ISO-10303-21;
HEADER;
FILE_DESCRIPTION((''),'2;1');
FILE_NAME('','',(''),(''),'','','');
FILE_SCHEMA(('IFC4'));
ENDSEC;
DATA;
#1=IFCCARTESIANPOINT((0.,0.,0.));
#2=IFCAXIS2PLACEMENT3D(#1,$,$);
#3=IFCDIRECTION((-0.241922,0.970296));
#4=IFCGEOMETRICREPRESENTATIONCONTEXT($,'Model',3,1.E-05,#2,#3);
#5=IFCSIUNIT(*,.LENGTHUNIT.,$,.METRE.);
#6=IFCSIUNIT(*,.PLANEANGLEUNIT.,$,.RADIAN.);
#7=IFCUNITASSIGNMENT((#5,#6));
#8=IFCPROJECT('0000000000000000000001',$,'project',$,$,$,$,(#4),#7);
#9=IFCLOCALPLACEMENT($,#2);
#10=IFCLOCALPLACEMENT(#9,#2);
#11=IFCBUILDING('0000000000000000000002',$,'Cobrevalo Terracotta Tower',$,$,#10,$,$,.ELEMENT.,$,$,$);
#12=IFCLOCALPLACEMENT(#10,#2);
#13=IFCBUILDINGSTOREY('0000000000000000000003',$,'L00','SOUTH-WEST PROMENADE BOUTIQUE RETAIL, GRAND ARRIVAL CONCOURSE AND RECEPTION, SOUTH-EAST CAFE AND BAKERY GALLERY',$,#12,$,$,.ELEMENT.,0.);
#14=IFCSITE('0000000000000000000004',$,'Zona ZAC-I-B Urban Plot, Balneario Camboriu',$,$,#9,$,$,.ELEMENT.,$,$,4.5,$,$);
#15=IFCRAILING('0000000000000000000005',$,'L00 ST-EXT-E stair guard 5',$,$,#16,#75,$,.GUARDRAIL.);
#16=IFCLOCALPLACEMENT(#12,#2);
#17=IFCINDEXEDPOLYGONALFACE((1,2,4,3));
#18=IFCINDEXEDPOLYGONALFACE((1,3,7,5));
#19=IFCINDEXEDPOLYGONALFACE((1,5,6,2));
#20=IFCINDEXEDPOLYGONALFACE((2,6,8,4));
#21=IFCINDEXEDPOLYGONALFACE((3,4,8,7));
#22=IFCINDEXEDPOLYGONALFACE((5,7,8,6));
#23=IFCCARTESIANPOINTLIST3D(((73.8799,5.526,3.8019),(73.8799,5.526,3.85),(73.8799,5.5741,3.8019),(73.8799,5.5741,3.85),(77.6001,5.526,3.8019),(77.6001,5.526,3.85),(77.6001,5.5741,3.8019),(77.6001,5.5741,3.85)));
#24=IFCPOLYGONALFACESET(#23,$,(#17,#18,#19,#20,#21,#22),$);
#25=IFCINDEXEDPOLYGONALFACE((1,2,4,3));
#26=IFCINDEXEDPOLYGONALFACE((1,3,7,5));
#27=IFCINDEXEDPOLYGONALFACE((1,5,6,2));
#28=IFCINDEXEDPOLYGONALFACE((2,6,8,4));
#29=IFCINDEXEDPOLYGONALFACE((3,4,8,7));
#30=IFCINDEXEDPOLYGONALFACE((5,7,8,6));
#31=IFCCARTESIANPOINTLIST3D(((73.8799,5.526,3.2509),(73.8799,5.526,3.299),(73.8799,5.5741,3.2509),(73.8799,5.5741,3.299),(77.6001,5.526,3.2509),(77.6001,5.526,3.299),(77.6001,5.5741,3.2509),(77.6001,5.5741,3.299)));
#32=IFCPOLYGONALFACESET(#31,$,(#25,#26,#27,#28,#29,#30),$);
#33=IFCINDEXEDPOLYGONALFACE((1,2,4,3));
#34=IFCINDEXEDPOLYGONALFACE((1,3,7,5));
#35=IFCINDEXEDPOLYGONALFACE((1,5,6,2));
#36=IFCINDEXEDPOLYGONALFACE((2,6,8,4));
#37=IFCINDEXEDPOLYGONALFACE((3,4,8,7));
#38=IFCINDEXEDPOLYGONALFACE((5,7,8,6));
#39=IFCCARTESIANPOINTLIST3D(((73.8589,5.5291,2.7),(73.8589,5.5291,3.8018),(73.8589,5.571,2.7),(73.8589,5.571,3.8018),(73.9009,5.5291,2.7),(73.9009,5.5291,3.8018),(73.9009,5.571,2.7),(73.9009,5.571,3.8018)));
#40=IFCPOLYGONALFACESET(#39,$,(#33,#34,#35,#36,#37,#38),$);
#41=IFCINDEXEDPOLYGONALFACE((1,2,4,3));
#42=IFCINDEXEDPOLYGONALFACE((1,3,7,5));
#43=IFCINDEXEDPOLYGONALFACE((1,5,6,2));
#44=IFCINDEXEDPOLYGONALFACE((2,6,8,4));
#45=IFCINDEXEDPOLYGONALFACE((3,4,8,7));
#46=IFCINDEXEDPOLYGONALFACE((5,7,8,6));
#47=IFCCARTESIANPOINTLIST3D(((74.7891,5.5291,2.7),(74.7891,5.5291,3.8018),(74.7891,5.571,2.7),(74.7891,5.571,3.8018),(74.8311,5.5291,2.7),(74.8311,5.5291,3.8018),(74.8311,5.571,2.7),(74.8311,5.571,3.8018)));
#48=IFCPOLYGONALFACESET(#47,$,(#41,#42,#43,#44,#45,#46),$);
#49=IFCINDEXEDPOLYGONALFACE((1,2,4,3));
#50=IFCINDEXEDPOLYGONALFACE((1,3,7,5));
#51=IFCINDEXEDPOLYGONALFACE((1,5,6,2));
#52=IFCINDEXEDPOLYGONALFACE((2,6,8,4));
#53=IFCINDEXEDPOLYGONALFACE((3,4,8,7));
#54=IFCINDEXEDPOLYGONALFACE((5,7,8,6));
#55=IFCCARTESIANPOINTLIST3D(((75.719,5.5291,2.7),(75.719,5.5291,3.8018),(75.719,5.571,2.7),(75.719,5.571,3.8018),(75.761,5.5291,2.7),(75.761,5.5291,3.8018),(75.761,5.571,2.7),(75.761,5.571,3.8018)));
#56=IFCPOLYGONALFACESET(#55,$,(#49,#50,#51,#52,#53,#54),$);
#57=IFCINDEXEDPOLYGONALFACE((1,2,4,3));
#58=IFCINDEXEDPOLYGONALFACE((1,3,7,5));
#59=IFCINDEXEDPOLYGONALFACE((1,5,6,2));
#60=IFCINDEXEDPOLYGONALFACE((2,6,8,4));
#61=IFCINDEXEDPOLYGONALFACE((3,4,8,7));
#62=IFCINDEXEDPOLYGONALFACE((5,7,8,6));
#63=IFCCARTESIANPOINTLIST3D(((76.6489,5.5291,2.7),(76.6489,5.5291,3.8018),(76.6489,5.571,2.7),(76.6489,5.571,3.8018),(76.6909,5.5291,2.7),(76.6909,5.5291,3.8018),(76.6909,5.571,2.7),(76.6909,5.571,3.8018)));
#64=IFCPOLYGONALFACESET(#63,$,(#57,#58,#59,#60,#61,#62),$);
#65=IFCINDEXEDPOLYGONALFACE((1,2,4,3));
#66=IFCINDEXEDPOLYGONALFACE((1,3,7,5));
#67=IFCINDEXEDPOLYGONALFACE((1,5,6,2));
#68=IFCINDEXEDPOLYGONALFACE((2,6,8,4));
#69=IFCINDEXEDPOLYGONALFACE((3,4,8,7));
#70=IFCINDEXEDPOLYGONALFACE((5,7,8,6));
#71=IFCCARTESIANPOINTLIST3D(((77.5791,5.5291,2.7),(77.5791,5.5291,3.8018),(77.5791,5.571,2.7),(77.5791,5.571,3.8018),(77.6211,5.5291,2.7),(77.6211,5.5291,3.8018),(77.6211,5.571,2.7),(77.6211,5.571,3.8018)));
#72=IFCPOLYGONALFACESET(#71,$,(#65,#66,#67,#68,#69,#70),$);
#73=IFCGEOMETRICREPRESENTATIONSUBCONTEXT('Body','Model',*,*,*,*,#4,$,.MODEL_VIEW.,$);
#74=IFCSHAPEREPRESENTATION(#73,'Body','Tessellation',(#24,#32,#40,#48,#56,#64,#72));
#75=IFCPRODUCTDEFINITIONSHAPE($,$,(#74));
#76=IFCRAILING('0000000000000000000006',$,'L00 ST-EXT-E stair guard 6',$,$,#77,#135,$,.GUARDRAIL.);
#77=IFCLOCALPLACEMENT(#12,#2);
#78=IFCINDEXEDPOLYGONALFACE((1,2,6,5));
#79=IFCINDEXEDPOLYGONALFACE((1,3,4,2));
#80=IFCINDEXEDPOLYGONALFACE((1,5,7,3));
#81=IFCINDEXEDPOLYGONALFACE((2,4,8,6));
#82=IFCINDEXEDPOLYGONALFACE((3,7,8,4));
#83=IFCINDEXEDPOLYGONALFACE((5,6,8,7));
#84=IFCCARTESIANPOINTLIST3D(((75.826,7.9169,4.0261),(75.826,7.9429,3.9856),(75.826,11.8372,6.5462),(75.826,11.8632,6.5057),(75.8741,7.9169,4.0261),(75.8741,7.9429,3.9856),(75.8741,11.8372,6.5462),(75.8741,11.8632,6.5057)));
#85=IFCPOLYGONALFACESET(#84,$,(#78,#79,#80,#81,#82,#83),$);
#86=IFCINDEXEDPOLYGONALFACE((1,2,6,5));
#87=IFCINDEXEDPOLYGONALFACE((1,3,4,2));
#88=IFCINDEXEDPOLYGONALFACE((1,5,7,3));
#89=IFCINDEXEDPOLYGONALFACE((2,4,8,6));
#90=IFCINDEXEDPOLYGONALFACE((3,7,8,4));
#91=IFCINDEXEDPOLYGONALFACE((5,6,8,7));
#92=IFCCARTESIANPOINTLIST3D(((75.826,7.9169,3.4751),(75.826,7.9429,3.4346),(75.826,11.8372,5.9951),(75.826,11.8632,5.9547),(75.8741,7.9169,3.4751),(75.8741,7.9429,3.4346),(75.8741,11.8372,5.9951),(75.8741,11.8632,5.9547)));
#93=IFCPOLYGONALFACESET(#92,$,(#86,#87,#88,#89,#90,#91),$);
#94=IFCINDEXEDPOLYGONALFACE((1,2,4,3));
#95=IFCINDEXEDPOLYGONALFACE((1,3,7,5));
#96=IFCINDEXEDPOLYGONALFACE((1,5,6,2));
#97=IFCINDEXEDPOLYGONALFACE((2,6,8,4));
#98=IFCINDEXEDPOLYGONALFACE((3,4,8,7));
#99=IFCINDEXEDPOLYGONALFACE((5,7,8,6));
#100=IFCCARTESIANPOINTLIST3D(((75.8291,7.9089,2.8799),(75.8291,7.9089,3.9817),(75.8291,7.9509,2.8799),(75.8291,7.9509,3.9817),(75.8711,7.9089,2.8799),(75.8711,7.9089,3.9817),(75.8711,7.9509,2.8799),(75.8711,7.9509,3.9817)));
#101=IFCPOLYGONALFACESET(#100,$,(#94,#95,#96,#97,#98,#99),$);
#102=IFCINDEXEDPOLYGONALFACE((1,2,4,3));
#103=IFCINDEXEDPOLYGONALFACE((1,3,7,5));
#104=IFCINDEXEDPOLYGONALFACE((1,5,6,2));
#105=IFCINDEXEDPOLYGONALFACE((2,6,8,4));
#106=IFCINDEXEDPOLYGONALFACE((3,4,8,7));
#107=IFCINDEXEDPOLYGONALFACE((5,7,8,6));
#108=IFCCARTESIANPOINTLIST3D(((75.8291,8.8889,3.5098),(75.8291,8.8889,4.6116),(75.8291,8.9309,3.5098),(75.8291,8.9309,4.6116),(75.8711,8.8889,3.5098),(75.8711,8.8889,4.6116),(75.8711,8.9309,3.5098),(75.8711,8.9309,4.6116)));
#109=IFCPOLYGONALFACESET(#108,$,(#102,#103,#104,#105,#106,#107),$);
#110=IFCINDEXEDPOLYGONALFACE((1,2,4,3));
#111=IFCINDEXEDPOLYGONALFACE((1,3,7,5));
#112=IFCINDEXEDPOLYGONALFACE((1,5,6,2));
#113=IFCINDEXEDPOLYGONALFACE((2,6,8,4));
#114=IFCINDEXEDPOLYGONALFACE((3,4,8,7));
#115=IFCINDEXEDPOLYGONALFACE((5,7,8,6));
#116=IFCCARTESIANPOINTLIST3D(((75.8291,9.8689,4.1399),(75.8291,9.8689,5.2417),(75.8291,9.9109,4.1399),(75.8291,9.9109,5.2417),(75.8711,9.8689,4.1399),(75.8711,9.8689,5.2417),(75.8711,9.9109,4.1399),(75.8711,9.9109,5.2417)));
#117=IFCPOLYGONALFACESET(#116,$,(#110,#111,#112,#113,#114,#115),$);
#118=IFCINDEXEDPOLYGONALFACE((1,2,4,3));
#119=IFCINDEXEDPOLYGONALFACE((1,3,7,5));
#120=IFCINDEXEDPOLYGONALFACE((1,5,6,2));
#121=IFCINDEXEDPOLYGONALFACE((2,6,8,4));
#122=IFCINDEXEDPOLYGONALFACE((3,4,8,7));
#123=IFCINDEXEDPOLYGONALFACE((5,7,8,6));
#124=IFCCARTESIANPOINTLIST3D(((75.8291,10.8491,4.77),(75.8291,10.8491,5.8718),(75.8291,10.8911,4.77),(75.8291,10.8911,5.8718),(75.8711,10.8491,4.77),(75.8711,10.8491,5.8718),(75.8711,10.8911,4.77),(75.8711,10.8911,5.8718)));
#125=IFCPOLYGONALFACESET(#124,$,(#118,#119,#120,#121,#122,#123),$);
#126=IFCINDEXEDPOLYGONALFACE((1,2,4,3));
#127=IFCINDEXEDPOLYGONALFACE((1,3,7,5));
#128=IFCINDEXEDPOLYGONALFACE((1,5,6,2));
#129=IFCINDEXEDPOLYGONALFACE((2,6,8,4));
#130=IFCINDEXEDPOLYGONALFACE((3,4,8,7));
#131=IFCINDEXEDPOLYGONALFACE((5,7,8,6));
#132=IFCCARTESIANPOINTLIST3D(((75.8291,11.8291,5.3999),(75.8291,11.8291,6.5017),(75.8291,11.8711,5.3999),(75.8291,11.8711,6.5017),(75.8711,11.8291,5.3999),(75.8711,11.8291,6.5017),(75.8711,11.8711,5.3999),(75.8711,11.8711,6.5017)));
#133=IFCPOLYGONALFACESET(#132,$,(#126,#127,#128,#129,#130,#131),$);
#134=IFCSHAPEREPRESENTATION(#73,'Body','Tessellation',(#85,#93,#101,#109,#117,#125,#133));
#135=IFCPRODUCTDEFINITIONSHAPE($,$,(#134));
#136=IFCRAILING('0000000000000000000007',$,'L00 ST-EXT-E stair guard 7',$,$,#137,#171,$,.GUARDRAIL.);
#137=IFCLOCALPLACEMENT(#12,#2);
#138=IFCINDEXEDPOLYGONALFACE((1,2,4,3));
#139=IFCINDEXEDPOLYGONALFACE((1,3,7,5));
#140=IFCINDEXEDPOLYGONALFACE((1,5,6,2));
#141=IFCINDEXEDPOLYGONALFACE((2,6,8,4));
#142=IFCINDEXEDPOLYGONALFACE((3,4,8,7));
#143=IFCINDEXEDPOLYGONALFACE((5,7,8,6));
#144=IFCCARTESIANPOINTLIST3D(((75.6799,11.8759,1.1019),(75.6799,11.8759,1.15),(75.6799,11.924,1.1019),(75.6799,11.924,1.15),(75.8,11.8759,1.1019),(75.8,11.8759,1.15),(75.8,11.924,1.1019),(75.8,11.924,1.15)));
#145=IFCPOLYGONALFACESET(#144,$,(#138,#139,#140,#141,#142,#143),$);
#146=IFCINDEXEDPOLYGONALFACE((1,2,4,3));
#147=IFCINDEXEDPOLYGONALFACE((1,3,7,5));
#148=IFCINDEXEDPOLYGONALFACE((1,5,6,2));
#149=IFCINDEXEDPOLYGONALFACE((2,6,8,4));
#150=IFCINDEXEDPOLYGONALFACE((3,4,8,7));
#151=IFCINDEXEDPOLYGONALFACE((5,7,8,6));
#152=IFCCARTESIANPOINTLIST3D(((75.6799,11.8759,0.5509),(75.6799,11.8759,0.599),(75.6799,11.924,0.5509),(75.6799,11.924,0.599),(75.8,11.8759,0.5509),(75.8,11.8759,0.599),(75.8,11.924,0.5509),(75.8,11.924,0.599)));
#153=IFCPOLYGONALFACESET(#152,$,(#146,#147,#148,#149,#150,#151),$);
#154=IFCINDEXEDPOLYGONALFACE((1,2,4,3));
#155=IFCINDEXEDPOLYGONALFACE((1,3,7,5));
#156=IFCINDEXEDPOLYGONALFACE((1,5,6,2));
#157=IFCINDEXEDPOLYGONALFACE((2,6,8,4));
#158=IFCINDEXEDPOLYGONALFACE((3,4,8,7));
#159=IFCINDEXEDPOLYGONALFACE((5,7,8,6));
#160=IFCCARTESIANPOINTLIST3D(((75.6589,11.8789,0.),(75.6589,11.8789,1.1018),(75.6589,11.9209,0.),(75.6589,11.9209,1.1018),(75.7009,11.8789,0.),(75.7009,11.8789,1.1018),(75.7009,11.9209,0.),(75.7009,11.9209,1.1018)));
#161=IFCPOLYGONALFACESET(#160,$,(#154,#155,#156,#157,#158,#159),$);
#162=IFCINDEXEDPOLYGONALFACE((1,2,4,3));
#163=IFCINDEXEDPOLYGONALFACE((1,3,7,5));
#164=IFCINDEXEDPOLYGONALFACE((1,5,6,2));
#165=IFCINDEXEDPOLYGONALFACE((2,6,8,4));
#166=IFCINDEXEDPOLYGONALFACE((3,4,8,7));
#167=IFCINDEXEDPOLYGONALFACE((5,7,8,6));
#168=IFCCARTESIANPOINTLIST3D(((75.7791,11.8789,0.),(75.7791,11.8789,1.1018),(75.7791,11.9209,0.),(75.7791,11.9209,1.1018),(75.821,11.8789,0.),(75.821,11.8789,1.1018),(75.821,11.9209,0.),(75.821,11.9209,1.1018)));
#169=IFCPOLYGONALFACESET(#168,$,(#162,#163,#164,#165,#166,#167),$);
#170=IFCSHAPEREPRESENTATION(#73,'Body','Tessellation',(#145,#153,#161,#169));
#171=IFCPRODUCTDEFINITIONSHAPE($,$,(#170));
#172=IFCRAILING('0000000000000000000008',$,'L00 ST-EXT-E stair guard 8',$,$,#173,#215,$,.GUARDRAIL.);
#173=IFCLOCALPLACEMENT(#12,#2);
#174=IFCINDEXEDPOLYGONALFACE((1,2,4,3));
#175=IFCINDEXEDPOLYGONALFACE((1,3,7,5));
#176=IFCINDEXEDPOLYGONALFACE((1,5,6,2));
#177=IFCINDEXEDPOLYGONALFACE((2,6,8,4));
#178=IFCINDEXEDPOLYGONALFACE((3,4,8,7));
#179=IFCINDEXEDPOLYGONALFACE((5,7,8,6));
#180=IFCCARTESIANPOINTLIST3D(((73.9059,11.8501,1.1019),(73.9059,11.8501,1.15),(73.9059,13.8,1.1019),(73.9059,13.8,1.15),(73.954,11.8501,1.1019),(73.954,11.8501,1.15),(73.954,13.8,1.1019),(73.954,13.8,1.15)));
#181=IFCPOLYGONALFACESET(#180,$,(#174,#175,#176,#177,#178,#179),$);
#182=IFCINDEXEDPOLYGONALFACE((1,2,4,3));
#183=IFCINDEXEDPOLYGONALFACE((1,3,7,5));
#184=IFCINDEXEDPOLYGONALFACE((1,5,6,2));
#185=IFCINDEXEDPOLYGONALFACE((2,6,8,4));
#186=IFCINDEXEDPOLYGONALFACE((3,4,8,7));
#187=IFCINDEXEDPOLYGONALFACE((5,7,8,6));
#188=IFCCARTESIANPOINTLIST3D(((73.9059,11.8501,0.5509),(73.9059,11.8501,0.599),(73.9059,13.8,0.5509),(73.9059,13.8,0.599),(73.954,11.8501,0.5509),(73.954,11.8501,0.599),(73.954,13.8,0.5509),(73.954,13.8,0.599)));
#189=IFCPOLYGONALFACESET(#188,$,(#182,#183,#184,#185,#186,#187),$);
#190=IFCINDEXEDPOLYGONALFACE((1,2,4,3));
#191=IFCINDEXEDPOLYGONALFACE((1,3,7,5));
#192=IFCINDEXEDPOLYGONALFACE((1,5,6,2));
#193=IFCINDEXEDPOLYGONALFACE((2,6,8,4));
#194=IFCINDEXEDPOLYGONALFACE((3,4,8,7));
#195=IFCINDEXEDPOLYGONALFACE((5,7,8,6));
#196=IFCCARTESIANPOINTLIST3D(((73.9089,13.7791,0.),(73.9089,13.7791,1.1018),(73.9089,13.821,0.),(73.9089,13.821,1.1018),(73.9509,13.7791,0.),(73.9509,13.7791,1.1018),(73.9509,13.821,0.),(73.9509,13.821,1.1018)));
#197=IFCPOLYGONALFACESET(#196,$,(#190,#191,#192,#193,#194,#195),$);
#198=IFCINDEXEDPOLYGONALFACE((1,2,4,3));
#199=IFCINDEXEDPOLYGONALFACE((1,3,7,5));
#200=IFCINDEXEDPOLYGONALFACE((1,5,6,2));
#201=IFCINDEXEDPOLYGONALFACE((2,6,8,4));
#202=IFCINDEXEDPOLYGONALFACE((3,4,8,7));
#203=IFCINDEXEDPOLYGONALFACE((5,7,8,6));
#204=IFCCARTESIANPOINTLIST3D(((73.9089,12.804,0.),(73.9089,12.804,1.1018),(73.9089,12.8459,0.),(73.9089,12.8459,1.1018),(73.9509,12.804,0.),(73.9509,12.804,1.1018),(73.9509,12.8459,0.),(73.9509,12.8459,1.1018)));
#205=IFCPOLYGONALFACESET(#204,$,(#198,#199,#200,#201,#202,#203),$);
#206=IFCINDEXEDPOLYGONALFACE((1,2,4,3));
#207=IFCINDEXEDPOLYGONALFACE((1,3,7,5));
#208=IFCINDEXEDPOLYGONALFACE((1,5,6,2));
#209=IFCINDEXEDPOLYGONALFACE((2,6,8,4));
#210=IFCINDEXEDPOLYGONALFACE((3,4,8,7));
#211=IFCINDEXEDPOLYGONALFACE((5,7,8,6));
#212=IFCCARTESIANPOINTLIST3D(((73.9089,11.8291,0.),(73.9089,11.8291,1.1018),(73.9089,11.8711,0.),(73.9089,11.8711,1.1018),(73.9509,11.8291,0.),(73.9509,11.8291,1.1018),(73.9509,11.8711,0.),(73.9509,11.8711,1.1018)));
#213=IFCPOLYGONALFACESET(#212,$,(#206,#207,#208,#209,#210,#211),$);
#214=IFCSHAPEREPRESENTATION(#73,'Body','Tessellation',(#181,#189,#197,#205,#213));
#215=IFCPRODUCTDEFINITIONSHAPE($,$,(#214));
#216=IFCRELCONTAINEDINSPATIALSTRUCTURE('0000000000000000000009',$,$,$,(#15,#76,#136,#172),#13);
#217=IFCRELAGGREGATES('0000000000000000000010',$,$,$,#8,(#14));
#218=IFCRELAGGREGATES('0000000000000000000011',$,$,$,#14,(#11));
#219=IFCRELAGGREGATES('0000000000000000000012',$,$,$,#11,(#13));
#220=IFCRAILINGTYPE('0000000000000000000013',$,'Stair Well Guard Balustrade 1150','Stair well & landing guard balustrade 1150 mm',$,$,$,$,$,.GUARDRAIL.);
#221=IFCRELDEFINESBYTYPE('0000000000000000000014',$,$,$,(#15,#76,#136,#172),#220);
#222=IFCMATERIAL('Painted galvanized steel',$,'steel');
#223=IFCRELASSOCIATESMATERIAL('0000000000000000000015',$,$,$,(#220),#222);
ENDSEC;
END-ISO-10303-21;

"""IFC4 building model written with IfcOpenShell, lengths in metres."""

from ifc_helpers import new_model, si_unit, direction, frame, origin, origin_2d, place, context, subcontext, project, spatial, rectangle, extrude, material, type_object, element, save


model = new_model("IFC4")

# Units and contexts
model_context = context("Model", 3, precision=1e-05, world=origin(), true_north=direction((-0.241922, 0.970296)))
body_context = subcontext(model_context, "Body", "Model", "MODEL_VIEW")
ifc_project = project(units=[si_unit("LENGTHUNIT", "METRE"), si_unit("PLANEANGLEUNIT", "RADIAN")], contexts=[model_context])

# Site, building, storey
site_placement = place(None, origin())
site = spatial("IfcSite", under=ifc_project, at=site_placement, Name="Zona ZAC-I-B Urban Plot, Balneario Camboriu", CompositionType="ELEMENT", RefElevation=4.5)
building_placement = place(site_placement, origin())
building = spatial("IfcBuilding", under=site, at=building_placement, Name="Cobrevalo Terracotta Tower", CompositionType="ELEMENT")
storey_placement = place(building_placement, origin())
storey = spatial("IfcBuildingStorey", under=building, at=storey_placement, Name="L00", Description="SOUTH-WEST PROMENADE BOUTIQUE RETAIL, GRAND ARRIVAL CONCOURSE AND RECEPTION, SOUTH-EAST CAFE AND BAKERY GALLERY", CompositionType="ELEMENT", Elevation=0.0)

# Railings
ifc_material_1 = material(Name="Painted galvanized steel", Category="steel")
railing_type_1 = type_object("IfcRailingType", Name="Stair Well Guard Balustrade 1150", Description="Stair well & landing guard balustrade 1150 mm", PredefinedType="GUARDRAIL", material=ifc_material_1)
railing_1_placement = place(storey_placement, frame((73.8799, 5.55, 2.7)))
element("IfcRailing", 1, at=railing_1_placement, inside=storey, type_object=railing_type_1, Name="L00 ST-EXT-E stair guard 5", PredefinedType="GUARDRAIL", context=body_context, shape_type="SweptSolid", body=[
    extrude(rectangle(XDim=0.0481, YDim=0.0481, at=origin_2d()), frame((0.0, 0.0, 1.126), z_axis=(1.0, 0.0, 0.0), x_axis=(0.0, 1.0, 0.0)), (0.0, 0.0, 1.0), 3.7202),
    extrude(rectangle(XDim=0.0481, YDim=0.0481, at=origin_2d()), frame((0.0, 0.0, 0.575), z_axis=(1.0, 0.0, 0.0), x_axis=(0.0, 1.0, 0.0)), (0.0, 0.0, 1.0), 3.7202),
    extrude(rectangle(XDim=0.042, YDim=0.042, at=origin_2d()), origin(), (0.0, 0.0, 1.0), 1.1018),
    extrude(rectangle(XDim=0.042, YDim=0.042, at=origin_2d()), frame((0.9302, 0.0, 0.0)), (0.0, 0.0, 1.0), 1.1018),
    extrude(rectangle(XDim=0.042, YDim=0.042, at=origin_2d()), frame((1.8601, 0.0, 0.0)), (0.0, 0.0, 1.0), 1.1018),
    extrude(rectangle(XDim=0.042, YDim=0.042, at=origin_2d()), frame((2.79, 0.0, 0.0)), (0.0, 0.0, 1.0), 1.1018),
    extrude(rectangle(XDim=0.042, YDim=0.042, at=origin_2d()), frame((3.7202, 0.0, 0.0)), (0.0, 0.0, 1.0), 1.1018),
])
railing_2_placement = place(storey_placement, frame((75.8501, 7.9299, 2.8799)))
element("IfcRailing", 2, at=railing_2_placement, inside=storey, type_object=railing_type_1, Name="L00 ST-EXT-E stair guard 6", PredefinedType="GUARDRAIL", context=body_context, shape_type="SweptSolid", body=[
    extrude(rectangle(XDim=0.0481, YDim=0.0481, at=origin_2d()), frame((0.0, 0.0, 1.126), z_axis=(0.0, 0.841187, 0.540744), x_axis=(-1.0, 0.0, 0.0)), (0.0, 0.0, 1.0), 4.6604),
    extrude(rectangle(XDim=0.0481, YDim=0.0481, at=origin_2d()), frame((0.0, 0.0, 0.575), z_axis=(0.0, 0.841187, 0.540744), x_axis=(-1.0, 0.0, 0.0)), (0.0, 0.0, 1.0), 4.6604),
    extrude(rectangle(XDim=0.042, YDim=0.042, at=origin_2d()), origin(), (0.0, 0.0, 1.0), 1.1018),
    extrude(rectangle(XDim=0.042, YDim=0.042, at=origin_2d()), frame((0.0, 0.98, 0.6299)), (0.0, 0.0, 1.0), 1.1018),
    extrude(rectangle(XDim=0.042, YDim=0.042, at=origin_2d()), frame((0.0, 1.96, 1.26)), (0.0, 0.0, 1.0), 1.1018),
    extrude(rectangle(XDim=0.042, YDim=0.042, at=origin_2d()), frame((0.0, 2.9402, 1.8901)), (0.0, 0.0, 1.0), 1.1018),
    extrude(rectangle(XDim=0.042, YDim=0.042, at=origin_2d()), frame((0.0, 3.9202, 2.52)), (0.0, 0.0, 1.0), 1.1018),
])
railing_3_placement = place(storey_placement, frame((75.6799, 11.8999, 0.0)))
element("IfcRailing", 3, at=railing_3_placement, inside=storey, type_object=railing_type_1, Name="L00 ST-EXT-E stair guard 7", PredefinedType="GUARDRAIL", context=body_context, shape_type="SweptSolid", body=[
    extrude(rectangle(XDim=0.0481, YDim=0.0481, at=origin_2d()), frame((0.0, 0.0, 1.126), z_axis=(1.0, 0.0, 0.0), x_axis=(0.0, 1.0, 0.0)), (0.0, 0.0, 1.0), 0.1201),
    extrude(rectangle(XDim=0.0481, YDim=0.0481, at=origin_2d()), frame((0.0, 0.0, 0.575), z_axis=(1.0, 0.0, 0.0), x_axis=(0.0, 1.0, 0.0)), (0.0, 0.0, 1.0), 0.1201),
    extrude(rectangle(XDim=0.042, YDim=0.042, at=origin_2d()), origin(), (0.0, 0.0, 1.0), 1.1018),
    extrude(rectangle(XDim=0.042, YDim=0.042, at=origin_2d()), frame((0.1201, 0.0, 0.0)), (0.0, 0.0, 1.0), 1.1018),
])
for number, where, name in (
    (4, (73.9299, 13.8, 0.0), "L00 ST-EXT-E stair guard 8"),
):
    element("IfcRailing", number, at=place(storey_placement, frame(where)), inside=storey, type_object=railing_type_1, Name=name, PredefinedType="GUARDRAIL", context=body_context, shape_type="SweptSolid", body=[
        extrude(rectangle(XDim=0.0481, YDim=0.0481, at=origin_2d()), frame((0.0, 0.0, 1.126), z_axis=(0.0, -1.0, 0.0), x_axis=(1.0, 0.0, 0.0)), (0.0, 0.0, 1.0), 1.95),
        extrude(rectangle(XDim=0.0481, YDim=0.0481, at=origin_2d()), frame((0.0, 0.0, 0.575), z_axis=(0.0, -1.0, 0.0), x_axis=(1.0, 0.0, 0.0)), (0.0, 0.0, 1.0), 1.95),
        extrude(rectangle(XDim=0.042, YDim=0.042, at=origin_2d()), origin(), (0.0, 0.0, 1.0), 1.1018),
        extrude(rectangle(XDim=0.042, YDim=0.042, at=origin_2d()), frame((0.0, -0.9751, 0.0)), (0.0, 0.0, 1.0), 1.1018),
        extrude(rectangle(XDim=0.042, YDim=0.042, at=origin_2d()), frame((0.0, -1.95, 0.0)), (0.0, 0.0, 1.0), 1.1018),
    ])

save(model, "model.ifc")
